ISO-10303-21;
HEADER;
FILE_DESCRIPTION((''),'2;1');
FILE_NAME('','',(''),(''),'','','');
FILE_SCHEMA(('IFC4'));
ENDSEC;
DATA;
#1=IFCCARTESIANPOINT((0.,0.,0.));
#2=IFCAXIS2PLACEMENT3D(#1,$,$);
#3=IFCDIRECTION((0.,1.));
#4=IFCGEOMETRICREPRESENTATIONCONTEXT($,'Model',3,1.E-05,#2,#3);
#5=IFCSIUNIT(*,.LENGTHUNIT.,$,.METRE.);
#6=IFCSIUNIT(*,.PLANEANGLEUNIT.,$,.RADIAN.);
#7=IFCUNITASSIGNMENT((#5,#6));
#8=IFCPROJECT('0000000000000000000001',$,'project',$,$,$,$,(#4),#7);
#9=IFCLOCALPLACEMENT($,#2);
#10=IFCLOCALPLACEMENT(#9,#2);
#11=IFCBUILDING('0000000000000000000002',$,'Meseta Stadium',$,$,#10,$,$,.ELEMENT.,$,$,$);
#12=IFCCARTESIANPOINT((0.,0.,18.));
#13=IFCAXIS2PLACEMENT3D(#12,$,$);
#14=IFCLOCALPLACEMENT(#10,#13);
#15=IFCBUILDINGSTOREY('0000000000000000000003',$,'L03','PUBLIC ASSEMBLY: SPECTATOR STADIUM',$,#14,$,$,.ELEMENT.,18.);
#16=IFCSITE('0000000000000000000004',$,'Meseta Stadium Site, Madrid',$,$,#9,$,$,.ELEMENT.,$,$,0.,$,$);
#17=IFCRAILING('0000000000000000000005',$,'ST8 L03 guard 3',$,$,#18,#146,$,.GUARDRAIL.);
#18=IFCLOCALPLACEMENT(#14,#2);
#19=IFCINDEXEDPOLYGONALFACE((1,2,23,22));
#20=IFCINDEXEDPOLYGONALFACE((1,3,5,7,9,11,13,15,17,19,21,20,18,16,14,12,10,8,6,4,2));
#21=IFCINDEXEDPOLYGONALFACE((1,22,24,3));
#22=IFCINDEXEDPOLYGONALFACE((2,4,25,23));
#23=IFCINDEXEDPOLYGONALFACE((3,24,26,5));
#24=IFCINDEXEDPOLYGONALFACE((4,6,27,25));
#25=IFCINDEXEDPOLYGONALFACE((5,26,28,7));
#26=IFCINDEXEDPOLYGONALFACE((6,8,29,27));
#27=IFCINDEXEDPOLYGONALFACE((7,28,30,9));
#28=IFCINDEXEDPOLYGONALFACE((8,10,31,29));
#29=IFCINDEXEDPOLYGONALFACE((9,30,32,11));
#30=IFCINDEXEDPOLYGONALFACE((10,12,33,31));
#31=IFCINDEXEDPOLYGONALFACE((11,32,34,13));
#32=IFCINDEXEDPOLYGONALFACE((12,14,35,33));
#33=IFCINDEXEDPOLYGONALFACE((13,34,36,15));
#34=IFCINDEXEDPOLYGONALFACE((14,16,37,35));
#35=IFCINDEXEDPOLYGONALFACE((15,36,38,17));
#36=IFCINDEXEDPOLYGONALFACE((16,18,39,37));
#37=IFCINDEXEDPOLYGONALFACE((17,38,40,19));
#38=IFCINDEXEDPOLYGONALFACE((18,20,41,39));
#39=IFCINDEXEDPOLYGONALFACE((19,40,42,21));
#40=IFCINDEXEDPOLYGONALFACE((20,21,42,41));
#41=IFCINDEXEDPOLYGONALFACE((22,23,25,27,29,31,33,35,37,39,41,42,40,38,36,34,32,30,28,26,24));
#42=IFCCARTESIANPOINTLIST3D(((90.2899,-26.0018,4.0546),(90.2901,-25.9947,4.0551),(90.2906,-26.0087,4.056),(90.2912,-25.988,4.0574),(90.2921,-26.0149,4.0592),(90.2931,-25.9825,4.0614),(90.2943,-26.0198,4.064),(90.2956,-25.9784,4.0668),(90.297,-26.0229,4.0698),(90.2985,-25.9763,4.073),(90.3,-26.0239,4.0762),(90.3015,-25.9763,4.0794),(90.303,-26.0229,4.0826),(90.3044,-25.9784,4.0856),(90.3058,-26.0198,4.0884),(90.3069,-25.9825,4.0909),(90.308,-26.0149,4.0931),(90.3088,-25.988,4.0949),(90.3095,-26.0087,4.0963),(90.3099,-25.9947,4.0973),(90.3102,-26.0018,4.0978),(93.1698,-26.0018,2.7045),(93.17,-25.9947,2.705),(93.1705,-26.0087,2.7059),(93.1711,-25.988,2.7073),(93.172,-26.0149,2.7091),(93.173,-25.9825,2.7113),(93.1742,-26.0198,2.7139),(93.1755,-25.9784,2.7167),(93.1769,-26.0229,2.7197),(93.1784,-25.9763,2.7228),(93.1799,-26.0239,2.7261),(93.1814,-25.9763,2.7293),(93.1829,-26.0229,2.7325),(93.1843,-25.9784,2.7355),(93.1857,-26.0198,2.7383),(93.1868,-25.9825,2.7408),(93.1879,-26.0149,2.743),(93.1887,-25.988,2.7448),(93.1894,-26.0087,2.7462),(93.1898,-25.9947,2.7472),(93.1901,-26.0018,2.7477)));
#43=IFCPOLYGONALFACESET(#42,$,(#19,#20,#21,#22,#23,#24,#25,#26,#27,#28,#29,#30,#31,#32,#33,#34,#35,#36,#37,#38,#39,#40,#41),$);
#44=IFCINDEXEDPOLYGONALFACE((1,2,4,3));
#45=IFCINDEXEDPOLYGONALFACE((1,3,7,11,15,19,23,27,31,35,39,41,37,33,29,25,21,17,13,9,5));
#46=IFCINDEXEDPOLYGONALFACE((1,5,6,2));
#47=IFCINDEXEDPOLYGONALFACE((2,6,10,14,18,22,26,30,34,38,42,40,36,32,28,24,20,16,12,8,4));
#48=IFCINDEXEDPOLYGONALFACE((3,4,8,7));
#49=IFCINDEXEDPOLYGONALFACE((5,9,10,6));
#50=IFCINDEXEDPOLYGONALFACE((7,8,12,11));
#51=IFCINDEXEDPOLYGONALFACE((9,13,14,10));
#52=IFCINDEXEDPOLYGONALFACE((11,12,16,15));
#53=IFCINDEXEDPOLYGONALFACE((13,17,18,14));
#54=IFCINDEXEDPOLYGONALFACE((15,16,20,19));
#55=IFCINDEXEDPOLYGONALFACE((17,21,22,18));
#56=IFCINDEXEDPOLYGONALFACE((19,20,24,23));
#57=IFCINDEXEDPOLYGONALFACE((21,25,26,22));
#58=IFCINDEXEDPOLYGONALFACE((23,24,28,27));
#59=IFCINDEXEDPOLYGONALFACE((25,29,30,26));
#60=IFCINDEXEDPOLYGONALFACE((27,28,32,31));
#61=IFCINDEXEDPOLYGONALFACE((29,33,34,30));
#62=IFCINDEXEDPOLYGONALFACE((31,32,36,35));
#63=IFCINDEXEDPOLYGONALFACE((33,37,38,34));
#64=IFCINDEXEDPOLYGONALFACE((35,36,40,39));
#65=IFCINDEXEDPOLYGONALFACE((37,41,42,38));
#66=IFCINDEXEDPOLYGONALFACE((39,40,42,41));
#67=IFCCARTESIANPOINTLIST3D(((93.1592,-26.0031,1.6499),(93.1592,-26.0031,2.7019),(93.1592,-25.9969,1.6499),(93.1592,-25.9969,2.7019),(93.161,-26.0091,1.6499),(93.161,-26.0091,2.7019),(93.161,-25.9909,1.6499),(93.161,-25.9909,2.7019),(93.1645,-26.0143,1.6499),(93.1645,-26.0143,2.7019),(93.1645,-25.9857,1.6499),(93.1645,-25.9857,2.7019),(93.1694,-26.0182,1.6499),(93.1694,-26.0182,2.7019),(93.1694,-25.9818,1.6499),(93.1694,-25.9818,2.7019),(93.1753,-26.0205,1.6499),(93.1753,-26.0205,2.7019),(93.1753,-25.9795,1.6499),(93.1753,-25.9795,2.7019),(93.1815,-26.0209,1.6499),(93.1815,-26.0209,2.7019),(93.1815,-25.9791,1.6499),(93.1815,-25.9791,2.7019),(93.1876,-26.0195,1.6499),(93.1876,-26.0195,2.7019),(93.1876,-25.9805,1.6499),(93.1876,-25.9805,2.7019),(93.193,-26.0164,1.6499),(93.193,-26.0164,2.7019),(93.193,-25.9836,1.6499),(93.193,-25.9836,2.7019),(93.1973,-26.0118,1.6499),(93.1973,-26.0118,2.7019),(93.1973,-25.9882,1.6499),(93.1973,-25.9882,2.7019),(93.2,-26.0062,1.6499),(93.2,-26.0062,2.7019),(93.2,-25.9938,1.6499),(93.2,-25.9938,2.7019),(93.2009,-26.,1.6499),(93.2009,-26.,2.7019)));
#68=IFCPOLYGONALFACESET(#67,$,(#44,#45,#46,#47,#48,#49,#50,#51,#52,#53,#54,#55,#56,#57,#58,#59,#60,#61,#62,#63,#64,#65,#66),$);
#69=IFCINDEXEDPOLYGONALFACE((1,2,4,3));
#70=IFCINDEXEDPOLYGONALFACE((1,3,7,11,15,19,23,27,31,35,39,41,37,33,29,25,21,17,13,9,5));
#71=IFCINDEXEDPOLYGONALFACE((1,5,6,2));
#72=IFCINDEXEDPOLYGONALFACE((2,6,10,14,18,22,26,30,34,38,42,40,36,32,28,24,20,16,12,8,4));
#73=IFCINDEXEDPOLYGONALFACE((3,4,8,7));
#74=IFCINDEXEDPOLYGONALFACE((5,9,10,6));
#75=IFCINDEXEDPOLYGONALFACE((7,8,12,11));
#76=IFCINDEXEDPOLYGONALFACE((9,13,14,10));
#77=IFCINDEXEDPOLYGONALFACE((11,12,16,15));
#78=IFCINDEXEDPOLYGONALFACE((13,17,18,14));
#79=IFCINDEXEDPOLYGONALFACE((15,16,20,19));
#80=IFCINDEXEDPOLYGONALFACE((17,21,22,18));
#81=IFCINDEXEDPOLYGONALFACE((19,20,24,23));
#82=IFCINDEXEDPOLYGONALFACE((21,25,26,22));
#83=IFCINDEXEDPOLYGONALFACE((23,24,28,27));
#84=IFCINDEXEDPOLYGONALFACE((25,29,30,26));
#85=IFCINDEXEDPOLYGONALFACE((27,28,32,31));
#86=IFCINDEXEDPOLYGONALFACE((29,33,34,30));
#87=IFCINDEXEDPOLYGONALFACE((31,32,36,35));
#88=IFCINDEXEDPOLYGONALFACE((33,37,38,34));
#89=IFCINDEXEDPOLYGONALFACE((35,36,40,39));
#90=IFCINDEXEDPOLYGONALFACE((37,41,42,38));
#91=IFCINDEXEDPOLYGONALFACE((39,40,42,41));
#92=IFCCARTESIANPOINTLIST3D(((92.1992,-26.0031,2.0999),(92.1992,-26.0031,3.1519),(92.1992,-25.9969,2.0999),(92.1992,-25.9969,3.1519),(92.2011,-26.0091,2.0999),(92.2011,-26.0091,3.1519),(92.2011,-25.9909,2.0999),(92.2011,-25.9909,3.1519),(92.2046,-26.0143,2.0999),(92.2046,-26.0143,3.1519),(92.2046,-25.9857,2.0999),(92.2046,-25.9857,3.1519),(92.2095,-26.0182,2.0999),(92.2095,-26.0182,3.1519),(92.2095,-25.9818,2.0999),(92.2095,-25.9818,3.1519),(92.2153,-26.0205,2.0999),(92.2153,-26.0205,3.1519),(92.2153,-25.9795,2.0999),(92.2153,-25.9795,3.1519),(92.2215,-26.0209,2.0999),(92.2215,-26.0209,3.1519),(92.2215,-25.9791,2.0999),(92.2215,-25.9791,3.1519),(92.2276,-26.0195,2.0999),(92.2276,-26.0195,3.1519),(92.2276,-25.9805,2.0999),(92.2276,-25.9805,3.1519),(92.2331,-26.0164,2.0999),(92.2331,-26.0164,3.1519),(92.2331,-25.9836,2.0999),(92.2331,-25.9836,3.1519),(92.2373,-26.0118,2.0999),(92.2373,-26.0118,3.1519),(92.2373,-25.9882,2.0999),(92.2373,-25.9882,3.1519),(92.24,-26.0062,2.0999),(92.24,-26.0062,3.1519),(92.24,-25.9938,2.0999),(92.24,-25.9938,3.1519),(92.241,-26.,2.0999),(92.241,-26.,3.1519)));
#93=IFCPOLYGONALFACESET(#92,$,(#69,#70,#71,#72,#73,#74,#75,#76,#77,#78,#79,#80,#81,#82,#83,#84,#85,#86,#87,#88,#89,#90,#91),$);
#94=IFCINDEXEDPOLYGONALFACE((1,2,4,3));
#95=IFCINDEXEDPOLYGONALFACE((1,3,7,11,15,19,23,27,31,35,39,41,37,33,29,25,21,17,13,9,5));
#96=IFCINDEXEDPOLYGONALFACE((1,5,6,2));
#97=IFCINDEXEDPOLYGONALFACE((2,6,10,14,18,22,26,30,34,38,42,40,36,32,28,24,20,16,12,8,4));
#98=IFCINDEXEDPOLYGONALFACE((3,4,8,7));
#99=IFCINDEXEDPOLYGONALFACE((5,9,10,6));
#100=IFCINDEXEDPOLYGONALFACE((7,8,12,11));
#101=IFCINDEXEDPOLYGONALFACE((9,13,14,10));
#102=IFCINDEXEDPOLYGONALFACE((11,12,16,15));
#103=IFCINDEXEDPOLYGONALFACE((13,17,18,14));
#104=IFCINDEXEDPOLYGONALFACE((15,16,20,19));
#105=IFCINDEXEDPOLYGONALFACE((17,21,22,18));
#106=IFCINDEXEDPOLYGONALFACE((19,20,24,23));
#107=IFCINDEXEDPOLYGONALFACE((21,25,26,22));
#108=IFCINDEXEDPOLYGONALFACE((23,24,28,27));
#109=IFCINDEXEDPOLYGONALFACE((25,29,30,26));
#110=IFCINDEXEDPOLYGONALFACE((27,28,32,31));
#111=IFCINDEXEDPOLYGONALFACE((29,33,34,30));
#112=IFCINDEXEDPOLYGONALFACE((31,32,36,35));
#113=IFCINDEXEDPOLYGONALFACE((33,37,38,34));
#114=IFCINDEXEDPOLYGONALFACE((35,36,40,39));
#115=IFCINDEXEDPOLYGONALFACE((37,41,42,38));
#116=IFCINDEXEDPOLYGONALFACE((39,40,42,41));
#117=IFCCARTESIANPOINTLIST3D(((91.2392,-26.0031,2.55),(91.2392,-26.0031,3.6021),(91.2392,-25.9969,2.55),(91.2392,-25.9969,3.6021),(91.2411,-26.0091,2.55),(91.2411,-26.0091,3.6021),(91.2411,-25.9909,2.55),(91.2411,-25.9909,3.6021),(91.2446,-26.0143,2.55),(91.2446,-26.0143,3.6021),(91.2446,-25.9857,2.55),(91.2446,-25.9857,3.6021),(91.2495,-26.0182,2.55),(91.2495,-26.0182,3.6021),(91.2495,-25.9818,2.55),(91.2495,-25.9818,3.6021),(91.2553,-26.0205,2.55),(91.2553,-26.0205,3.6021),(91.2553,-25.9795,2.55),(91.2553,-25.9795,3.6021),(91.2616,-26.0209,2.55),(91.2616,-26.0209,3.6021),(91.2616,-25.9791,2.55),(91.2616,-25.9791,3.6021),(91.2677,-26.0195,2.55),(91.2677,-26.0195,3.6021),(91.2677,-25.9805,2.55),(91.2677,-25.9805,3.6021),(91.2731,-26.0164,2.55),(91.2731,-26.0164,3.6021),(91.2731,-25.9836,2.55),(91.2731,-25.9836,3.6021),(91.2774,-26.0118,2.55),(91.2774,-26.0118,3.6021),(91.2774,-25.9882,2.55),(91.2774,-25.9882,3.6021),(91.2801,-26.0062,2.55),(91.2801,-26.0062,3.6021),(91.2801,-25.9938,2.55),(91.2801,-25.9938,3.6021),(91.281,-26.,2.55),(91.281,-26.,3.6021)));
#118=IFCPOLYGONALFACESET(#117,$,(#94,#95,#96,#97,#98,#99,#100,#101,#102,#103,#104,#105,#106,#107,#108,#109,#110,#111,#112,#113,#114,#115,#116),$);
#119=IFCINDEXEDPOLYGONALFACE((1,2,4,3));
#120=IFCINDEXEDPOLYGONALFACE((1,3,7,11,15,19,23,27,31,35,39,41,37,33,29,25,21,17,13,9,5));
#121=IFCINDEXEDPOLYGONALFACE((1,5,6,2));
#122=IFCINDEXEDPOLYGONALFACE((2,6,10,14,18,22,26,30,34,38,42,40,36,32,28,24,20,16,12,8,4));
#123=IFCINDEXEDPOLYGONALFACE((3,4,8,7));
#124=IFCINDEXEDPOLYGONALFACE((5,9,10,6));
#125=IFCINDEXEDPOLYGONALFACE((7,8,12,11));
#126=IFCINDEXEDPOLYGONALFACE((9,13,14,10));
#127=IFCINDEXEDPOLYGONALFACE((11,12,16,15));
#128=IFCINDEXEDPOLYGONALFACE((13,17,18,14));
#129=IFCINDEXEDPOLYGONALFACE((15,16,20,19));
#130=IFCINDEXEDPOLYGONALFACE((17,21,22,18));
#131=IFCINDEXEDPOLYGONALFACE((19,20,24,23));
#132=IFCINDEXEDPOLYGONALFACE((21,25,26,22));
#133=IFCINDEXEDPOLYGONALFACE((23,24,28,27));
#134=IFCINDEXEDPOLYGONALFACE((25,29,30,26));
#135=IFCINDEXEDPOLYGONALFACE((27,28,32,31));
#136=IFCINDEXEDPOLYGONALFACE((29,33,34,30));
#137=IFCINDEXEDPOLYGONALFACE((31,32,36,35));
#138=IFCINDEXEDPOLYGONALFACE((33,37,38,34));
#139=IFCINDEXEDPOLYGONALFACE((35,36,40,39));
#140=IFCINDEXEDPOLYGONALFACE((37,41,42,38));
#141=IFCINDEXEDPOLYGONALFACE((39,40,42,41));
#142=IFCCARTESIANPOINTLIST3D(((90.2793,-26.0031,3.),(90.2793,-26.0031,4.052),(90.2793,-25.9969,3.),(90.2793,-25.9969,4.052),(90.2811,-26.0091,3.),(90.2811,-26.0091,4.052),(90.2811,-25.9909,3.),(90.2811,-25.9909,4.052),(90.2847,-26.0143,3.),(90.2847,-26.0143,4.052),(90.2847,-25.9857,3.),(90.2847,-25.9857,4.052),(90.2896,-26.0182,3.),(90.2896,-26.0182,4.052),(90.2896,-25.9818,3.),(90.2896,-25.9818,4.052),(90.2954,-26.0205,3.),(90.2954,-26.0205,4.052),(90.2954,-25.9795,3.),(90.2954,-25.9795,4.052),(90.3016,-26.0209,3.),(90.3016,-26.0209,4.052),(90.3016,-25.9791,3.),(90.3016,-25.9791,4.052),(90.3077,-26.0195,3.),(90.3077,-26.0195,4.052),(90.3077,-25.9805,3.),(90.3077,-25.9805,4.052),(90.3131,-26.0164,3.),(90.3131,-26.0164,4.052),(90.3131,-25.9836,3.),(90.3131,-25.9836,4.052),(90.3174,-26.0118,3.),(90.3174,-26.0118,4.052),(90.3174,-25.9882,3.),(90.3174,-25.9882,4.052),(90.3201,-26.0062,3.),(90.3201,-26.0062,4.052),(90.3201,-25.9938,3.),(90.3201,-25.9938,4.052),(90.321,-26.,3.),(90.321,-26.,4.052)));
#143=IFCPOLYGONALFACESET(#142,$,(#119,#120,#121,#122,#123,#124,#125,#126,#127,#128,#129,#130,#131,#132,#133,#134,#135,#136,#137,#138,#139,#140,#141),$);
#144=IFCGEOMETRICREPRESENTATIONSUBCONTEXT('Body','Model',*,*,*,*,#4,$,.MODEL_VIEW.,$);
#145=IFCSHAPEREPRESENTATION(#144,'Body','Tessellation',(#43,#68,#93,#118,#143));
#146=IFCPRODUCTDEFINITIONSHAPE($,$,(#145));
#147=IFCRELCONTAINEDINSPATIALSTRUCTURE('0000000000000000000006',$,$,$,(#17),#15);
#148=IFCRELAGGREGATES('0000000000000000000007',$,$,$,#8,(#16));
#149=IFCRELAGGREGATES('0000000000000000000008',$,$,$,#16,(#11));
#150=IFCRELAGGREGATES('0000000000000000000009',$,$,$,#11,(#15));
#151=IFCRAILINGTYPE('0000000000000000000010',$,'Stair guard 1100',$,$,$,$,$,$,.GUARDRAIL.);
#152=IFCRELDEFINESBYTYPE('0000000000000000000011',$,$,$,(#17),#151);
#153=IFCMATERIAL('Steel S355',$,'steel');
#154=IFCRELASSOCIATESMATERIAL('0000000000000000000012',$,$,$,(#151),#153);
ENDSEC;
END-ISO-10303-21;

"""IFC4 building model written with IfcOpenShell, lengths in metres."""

from ifc_helpers import new_model, si_unit, direction, frame, origin, origin_2d, place, context, subcontext, project, spatial, circle, extrude, material, type_object, element, save


model = new_model("IFC4")

# Units and contexts
model_context = context("Model", 3, precision=1e-05, world=origin(), true_north=direction((0.0, 1.0)))
body_context = subcontext(model_context, "Body", "Model", "MODEL_VIEW")
ifc_project = project(units=[si_unit("LENGTHUNIT", "METRE"), si_unit("PLANEANGLEUNIT", "RADIAN")], contexts=[model_context])

# Site, building, storey
site_placement = place(None, origin())
site = spatial("IfcSite", under=ifc_project, at=site_placement, Name="Meseta Stadium Site, Madrid", CompositionType="ELEMENT", RefElevation=0.0)
building_placement = place(site_placement, origin())
building = spatial("IfcBuilding", under=site, at=building_placement, Name="Meseta Stadium", CompositionType="ELEMENT")
storey_placement = place(building_placement, frame((0.0, 0.0, 18.0)))
storey = spatial("IfcBuildingStorey", under=building, at=storey_placement, Name="L03", Description="PUBLIC ASSEMBLY: SPECTATOR STADIUM", CompositionType="ELEMENT", Elevation=18.0)

# Railing
ifc_material_1 = material(Name="Steel S355", Category="steel")
railing_type_1 = type_object("IfcRailingType", Name="Stair guard 1100", PredefinedType="GUARDRAIL", material=ifc_material_1)
railing_1_placement = place(storey_placement, frame((93.1799, -26.0, 1.6499)))
element("IfcRailing", 1, at=railing_1_placement, inside=storey, type_object=railing_type_1, Name="ST8 L03 guard 3", PredefinedType="GUARDRAIL", context=body_context, shape_type="SweptSolid", body=[
    extrude(circle(Radius=0.0239, at=origin_2d()), frame((0.0, 0.0, 1.0762), z_axis=(-0.90544, 0.0, 0.424473), x_axis=(0.0, -1.0, 0.0)), (0.0, 0.0, 1.0), 3.1807),
    extrude(circle(Radius=0.021, at=origin_2d()), origin(), (0.0, 0.0, 1.0), 1.052),
    extrude(circle(Radius=0.021, at=origin_2d()), frame((-0.96, 0.0, 0.45)), (0.0, 0.0, 1.0), 1.052),
    extrude(circle(Radius=0.021, at=origin_2d()), frame((-1.9199, 0.0, 0.9001)), (0.0, 0.0, 1.0), 1.052),
    extrude(circle(Radius=0.021, at=origin_2d()), frame((-2.8799, 0.0, 1.3501)), (0.0, 0.0, 1.0), 1.052),
])

save(model, "model.ifc")
